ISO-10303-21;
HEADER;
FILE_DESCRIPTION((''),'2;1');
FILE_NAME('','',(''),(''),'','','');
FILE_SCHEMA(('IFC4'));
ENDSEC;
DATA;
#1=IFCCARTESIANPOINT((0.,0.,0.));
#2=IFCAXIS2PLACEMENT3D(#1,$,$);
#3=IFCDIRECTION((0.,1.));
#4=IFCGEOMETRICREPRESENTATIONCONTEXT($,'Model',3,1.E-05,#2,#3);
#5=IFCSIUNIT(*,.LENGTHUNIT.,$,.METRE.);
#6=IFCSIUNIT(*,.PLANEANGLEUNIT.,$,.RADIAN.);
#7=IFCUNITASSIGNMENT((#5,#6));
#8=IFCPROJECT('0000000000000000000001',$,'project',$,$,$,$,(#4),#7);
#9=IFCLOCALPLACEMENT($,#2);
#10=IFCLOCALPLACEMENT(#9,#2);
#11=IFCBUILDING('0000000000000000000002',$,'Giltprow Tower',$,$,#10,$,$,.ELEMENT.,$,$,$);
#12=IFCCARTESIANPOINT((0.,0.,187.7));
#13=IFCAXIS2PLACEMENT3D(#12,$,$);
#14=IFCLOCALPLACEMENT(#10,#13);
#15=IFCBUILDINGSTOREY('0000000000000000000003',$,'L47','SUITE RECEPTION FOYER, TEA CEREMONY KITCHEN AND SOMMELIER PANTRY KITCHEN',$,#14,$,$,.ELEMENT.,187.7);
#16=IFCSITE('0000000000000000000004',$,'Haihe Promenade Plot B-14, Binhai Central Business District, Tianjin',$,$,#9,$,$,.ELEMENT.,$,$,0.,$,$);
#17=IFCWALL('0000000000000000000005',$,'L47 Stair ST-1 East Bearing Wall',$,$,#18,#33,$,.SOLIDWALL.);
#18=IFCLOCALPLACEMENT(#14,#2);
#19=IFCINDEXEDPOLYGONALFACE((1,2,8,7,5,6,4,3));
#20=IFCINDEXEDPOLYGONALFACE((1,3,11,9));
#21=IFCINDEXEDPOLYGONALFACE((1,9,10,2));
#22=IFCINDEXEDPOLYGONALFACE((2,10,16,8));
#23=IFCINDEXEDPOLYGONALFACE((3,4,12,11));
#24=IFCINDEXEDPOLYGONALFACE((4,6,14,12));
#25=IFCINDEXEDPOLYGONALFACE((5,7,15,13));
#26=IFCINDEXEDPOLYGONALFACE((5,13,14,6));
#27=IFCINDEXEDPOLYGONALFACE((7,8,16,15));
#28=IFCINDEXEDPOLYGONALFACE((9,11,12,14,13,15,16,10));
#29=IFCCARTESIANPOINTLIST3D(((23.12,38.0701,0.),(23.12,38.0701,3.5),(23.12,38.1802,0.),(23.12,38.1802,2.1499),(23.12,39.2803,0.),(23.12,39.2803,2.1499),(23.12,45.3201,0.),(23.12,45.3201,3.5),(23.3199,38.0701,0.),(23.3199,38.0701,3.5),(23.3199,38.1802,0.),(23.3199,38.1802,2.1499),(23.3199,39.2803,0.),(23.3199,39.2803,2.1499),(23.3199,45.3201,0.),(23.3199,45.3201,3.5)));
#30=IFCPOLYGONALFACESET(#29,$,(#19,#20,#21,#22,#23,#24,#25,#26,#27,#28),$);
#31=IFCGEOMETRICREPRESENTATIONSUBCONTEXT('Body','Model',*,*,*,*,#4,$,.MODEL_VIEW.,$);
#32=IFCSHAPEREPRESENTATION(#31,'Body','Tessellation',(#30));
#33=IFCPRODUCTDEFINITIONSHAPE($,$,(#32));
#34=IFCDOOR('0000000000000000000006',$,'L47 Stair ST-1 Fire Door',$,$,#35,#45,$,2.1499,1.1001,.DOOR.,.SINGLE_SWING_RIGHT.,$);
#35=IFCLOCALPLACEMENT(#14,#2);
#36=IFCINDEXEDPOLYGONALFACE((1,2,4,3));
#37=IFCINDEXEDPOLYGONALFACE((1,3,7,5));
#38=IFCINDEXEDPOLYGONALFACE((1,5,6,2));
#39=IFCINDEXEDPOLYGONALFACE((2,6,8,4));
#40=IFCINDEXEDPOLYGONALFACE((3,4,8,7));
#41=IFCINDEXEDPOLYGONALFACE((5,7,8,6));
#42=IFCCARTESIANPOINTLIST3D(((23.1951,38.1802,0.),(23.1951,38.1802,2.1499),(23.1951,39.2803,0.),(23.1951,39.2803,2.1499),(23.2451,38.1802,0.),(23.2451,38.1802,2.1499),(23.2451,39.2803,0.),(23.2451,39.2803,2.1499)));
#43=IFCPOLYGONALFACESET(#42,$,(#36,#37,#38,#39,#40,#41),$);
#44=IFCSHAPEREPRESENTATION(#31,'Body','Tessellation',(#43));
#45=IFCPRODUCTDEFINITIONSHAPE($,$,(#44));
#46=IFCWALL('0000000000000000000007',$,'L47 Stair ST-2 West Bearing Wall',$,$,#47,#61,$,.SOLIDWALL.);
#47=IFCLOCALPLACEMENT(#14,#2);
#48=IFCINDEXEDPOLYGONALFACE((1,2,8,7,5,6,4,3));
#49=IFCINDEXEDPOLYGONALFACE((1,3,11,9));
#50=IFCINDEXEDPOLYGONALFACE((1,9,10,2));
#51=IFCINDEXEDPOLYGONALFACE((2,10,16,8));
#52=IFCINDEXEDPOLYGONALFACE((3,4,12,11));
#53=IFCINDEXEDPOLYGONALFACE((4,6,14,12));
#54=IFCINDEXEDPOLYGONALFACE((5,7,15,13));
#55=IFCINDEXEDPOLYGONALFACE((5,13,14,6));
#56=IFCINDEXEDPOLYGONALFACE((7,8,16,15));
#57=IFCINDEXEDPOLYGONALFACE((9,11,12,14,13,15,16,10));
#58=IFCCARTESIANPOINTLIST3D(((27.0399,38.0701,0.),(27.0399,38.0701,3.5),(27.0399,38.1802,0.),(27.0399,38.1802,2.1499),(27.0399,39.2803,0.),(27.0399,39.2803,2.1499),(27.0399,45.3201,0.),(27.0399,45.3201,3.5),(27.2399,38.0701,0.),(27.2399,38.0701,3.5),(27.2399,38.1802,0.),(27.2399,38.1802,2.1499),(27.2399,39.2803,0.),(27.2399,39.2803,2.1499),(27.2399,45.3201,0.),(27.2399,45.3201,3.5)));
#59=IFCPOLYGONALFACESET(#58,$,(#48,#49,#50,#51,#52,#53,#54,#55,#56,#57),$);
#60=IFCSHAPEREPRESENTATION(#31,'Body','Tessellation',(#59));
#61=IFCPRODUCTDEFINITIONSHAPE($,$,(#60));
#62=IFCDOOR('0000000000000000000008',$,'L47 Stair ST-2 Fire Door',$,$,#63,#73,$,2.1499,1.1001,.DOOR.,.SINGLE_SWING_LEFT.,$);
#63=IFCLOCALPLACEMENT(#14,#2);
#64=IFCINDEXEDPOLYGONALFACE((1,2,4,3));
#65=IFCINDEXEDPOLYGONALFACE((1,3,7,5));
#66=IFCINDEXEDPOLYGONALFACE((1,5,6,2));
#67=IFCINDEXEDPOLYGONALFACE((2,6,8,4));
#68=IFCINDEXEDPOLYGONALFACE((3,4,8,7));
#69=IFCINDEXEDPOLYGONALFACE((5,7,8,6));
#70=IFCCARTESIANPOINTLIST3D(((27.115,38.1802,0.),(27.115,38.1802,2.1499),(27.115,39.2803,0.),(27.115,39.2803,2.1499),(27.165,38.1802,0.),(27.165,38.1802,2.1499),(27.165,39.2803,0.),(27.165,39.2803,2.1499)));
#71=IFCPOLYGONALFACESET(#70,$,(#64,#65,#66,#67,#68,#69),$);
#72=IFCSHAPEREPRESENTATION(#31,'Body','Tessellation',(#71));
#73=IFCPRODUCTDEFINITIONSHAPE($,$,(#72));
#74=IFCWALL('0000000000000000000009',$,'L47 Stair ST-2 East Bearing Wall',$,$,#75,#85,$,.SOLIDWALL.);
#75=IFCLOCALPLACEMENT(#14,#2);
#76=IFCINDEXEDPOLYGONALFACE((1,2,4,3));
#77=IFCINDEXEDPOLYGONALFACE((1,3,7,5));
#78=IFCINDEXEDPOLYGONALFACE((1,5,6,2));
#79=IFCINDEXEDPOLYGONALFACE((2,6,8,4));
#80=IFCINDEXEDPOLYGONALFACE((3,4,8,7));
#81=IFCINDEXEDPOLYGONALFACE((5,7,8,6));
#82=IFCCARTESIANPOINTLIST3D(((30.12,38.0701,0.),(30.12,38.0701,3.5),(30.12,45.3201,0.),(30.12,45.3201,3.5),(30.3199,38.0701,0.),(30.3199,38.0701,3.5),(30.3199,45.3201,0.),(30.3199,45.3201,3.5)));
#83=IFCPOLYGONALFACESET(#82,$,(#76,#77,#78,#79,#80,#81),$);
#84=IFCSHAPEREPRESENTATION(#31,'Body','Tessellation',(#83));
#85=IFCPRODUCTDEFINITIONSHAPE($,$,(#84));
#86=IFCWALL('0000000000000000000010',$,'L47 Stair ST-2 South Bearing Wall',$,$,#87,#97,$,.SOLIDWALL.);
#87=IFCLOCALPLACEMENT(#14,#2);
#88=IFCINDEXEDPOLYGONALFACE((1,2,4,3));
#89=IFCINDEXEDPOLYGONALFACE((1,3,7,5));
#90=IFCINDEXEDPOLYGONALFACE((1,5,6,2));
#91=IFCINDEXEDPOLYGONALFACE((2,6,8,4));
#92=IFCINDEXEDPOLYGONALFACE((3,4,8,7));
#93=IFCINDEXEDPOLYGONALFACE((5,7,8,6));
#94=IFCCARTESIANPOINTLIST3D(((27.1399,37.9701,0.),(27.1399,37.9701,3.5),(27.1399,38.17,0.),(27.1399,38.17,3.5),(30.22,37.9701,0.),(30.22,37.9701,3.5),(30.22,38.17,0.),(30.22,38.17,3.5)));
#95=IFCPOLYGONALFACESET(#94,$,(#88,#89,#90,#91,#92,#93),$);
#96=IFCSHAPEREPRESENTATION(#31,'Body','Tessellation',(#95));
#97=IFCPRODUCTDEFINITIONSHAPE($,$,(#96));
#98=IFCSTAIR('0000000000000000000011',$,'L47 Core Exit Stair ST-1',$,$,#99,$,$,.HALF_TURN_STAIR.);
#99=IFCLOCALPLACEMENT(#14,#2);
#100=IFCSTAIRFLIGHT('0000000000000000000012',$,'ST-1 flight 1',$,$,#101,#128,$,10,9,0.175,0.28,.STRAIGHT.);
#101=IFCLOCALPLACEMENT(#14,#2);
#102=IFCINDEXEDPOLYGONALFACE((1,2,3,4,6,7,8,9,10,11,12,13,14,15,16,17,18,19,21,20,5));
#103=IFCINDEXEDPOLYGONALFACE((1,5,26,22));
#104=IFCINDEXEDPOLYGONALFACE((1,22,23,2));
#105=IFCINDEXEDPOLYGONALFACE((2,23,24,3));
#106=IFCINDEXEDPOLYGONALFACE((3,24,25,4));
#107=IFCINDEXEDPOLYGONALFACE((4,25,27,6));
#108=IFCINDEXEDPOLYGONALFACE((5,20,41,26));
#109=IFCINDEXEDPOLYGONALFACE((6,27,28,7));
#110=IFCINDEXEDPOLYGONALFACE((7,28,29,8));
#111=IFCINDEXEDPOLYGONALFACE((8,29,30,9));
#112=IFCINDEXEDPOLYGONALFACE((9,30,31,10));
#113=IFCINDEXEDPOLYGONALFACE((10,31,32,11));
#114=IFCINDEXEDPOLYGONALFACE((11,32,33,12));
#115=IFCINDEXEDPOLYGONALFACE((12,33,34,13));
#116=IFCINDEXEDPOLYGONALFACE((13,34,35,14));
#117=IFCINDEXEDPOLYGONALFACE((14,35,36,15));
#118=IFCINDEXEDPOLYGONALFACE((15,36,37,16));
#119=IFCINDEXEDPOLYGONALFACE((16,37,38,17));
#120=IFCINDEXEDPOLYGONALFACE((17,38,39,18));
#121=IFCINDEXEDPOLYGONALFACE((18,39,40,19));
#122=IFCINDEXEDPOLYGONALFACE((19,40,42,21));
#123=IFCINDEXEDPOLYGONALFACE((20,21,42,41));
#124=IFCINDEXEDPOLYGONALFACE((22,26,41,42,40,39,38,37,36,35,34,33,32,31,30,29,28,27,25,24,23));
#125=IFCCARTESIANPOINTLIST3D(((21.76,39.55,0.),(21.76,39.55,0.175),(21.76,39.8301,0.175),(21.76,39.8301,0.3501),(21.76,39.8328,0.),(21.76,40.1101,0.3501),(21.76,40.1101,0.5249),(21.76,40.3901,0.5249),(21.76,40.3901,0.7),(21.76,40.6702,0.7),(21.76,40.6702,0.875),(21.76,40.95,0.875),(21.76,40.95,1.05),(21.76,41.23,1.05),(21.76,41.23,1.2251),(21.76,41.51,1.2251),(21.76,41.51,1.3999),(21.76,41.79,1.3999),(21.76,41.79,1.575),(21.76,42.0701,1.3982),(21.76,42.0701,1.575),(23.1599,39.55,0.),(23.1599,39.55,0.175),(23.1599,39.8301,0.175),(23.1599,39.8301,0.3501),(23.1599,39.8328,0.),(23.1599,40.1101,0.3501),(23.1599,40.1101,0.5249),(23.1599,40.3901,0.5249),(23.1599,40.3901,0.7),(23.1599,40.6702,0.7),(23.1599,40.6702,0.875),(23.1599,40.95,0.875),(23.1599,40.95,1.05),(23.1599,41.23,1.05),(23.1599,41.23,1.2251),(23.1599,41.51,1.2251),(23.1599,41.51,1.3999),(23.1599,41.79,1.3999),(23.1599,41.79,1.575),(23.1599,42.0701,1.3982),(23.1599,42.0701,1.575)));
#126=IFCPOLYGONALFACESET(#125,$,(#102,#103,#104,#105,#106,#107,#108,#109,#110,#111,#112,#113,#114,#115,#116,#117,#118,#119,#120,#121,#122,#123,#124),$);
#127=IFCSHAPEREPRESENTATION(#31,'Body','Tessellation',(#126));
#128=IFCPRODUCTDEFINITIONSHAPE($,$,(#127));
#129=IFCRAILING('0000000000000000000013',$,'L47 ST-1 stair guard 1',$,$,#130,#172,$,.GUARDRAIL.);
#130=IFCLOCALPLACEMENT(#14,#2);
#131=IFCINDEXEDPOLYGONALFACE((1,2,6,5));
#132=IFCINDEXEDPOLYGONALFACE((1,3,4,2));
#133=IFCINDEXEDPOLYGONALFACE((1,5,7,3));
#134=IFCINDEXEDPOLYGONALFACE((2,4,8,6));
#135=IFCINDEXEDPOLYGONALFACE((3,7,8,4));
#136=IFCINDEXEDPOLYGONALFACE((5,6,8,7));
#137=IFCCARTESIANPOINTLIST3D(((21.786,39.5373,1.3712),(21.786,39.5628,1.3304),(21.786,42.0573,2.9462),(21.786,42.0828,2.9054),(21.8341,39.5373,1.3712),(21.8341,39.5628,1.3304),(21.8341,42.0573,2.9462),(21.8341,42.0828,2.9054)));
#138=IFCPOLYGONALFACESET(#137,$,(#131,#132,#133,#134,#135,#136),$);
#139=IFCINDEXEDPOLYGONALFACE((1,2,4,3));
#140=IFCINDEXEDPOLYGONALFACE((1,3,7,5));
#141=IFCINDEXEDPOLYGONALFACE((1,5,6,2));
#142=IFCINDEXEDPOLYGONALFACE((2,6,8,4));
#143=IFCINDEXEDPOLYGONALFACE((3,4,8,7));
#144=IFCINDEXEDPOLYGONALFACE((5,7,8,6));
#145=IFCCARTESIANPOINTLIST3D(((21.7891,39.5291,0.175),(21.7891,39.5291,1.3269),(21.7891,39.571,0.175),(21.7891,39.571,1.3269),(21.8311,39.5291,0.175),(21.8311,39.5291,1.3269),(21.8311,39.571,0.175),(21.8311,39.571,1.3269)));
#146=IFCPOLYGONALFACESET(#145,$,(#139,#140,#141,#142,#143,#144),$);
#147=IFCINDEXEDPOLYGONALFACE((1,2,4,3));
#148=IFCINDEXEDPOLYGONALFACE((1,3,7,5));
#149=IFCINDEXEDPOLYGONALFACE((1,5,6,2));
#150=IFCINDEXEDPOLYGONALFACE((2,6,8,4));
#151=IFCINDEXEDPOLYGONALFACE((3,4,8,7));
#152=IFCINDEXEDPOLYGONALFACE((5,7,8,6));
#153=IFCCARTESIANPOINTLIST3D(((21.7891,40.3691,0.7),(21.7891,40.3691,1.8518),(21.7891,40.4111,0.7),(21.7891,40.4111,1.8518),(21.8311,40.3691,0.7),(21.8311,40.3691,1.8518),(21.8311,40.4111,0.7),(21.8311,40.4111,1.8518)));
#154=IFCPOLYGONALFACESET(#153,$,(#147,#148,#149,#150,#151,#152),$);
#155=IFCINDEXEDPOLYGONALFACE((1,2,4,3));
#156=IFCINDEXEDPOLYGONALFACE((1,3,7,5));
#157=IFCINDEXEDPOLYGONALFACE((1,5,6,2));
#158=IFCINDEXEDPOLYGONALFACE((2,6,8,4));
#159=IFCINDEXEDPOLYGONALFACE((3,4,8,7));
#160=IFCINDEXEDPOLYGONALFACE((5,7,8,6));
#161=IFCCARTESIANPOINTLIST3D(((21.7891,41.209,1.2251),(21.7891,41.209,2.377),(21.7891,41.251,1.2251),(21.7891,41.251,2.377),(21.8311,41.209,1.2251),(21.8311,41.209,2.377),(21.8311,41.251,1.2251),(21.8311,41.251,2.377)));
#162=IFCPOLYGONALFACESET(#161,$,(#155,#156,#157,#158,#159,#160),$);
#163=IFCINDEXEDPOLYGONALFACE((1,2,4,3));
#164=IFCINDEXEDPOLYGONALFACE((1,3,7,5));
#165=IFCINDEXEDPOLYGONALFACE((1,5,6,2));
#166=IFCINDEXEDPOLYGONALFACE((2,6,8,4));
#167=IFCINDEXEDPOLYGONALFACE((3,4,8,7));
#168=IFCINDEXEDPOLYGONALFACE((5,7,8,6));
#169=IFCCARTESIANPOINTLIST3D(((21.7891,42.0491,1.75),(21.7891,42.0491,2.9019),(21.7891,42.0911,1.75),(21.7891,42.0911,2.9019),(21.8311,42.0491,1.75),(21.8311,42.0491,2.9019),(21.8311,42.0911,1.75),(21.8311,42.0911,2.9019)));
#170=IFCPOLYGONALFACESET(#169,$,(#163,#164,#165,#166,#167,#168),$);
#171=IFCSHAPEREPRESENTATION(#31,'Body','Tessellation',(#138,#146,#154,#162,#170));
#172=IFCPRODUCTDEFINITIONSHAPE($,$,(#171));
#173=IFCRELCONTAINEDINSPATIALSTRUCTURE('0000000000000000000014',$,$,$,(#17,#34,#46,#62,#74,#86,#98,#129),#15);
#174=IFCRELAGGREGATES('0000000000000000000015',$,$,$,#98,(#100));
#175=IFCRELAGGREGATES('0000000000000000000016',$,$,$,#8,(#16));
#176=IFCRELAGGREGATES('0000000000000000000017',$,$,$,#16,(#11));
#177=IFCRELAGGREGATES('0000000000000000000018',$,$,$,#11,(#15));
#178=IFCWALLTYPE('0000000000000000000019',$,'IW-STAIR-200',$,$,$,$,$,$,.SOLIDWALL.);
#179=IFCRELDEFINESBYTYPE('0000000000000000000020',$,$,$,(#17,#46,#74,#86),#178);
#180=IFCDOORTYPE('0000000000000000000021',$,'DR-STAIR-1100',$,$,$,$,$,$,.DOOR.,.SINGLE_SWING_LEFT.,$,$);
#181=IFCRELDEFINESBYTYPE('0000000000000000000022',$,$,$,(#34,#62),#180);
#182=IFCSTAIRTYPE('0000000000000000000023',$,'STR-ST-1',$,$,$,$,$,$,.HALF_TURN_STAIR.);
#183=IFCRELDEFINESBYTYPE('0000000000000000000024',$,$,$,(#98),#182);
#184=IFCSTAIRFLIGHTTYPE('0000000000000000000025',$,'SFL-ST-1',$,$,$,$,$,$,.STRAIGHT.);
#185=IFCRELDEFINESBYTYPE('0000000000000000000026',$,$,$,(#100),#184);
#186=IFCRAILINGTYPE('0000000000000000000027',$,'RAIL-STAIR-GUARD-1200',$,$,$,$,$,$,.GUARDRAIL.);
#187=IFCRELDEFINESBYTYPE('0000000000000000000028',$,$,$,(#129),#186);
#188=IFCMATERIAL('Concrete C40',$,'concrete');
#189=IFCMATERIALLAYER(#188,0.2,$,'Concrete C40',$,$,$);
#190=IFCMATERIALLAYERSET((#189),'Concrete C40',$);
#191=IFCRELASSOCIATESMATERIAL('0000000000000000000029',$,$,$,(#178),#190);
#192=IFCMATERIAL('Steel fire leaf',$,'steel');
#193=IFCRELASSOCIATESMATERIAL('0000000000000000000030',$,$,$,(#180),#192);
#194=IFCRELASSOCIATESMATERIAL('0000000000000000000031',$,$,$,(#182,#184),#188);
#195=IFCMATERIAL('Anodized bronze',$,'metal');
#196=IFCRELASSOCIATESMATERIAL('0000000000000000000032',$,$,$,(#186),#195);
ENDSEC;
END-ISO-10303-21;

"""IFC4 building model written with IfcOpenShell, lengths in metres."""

from ifc_helpers import new_model, si_unit, direction, frame, frame_2d, origin, origin_2d, place, context, subcontext, project, spatial, polyline, rectangle, outline, extrude, source, transform, mapped, material, layer, layer_set, type_object, element, fill, aggregate, save


model = new_model("IFC4")

# Units and contexts
model_context = context("Model", 3, precision=1e-05, world=origin(), true_north=direction((0.0, 1.0)))
body_context = subcontext(model_context, "Body", "Model", "MODEL_VIEW")
ifc_project = project(units=[si_unit("LENGTHUNIT", "METRE"), si_unit("PLANEANGLEUNIT", "RADIAN")], contexts=[model_context])

# Site, building, storey
site_placement = place(None, origin())
site = spatial("IfcSite", under=ifc_project, at=site_placement, Name="Haihe Promenade Plot B-14, Binhai Central Business District, Tianjin", CompositionType="ELEMENT", RefElevation=0.0)
building_placement = place(site_placement, origin())
building = spatial("IfcBuilding", under=site, at=building_placement, Name="Giltprow Tower", CompositionType="ELEMENT")
storey_placement = place(building_placement, frame((0.0, 0.0, 187.7)))
storey = spatial("IfcBuildingStorey", under=building, at=storey_placement, Name="L47", Description="SUITE RECEPTION FOYER, TEA CEREMONY KITCHEN AND SOMMELIER PANTRY KITCHEN", CompositionType="ELEMENT", Elevation=187.7)

# Walls, openings, doors
ifc_material_1 = material(Name="Concrete C40", Category="concrete")
ifc_layer_1 = layer(ifc_material_1, 0.2, Name="Concrete C40")
ifc_layer_set_1 = layer_set([ifc_layer_1], Name="Concrete C40")
wall_type_1 = type_object("IfcWallType", Name="IW-STAIR-200", PredefinedType="SOLIDWALL", material=ifc_layer_set_1)
wall_1_placement = place(storey_placement, frame((23.22, 38.0701, 0.0), z_axis=(0.0, 0.0, 1.0), x_axis=(0.0, 1.0, 0.0)))
wall_1 = element("IfcWall", 1, at=wall_1_placement, inside=storey, type_object=wall_type_1, Name="L47 Stair ST-1 East Bearing Wall", PredefinedType="SOLIDWALL", context=body_context, shape_type="SweptSolid", body=[
    extrude(rectangle(XDim=7.25, YDim=0.2, at=frame_2d((3.625, 0.0))), origin(), (0.0, 0.0, 1.0), 3.5),
])
opening_1_placement = place(wall_1_placement, frame((0.1101, 0.0, 0.0)))
opening_1 = element("IfcOpeningElement", 2, at=opening_1_placement, cuts=wall_1, PredefinedType="OPENING", context=body_context, shape_type="SweptSolid", body=[
    extrude(rectangle(XDim=1.1001, YDim=2.1499, at=frame_2d((0.55, 1.075))), frame((0.0, 0.1099, 0.0), z_axis=(0.0, -1.0, 0.0), x_axis=(1.0, 0.0, 0.0)), (0.0, 0.0, 1.0), 0.22),
])
ifc_material_2 = material(Name="Steel fire leaf", Category="steel")
door_type_1 = type_object("IfcDoorType", Name="DR-STAIR-1100", OperationType="SINGLE_SWING_LEFT", PredefinedType="DOOR", material=ifc_material_2)
shared_shape_1 = source(origin(), body_context, "Body", "SweptSolid", [
    extrude(rectangle(XDim=1.1001, YDim=2.1499, at=frame_2d((0.55, 1.075))), frame((0.0, 0.0249, 0.0), z_axis=(0.0, -1.0, 0.0), x_axis=(1.0, 0.0, 0.0)), (0.0, 0.0, 1.0), 0.05),
])
door_1_placement = place(opening_1_placement, origin())
door_1 = element("IfcDoor", 3, at=door_1_placement, inside=storey, type_object=door_type_1, Name="L47 Stair ST-1 Fire Door", OperationType="SINGLE_SWING_RIGHT", OverallHeight=2.1499, OverallWidth=1.1001, PredefinedType="DOOR", context=body_context, shape_type="MappedRepresentation", body=[
    mapped(shared_shape_1, transform((0.0, 0.0, 0.0), x_axis=(1.0, 0.0, 0.0), y_axis=(0.0, 1.0, 0.0), z_axis=(0.0, 0.0, 1.0), scale=1.0)),
])
fill(opening_1, door_1)
wall_2_placement = place(storey_placement, frame((27.1399, 38.0701, 0.0), z_axis=(0.0, 0.0, 1.0), x_axis=(0.0, 1.0, 0.0)))
wall_2 = element("IfcWall", 4, at=wall_2_placement, inside=storey, type_object=wall_type_1, Name="L47 Stair ST-2 West Bearing Wall", PredefinedType="SOLIDWALL", context=body_context, shape_type="SweptSolid", body=[
    extrude(rectangle(XDim=7.25, YDim=0.2, at=frame_2d((3.625, 0.0))), origin(), (0.0, 0.0, 1.0), 3.5),
])
opening_2_placement = place(wall_2_placement, frame((0.1101, 0.0, 0.0)))
opening_2 = element("IfcOpeningElement", 5, at=opening_2_placement, cuts=wall_2, PredefinedType="OPENING", context=body_context, shape_type="SweptSolid", body=[
    extrude(rectangle(XDim=1.1001, YDim=2.1499, at=frame_2d((0.55, 1.075))), frame((0.0, 0.1099, 0.0), z_axis=(0.0, -1.0, 0.0), x_axis=(1.0, 0.0, 0.0)), (0.0, 0.0, 1.0), 0.22),
])
door_2_placement = place(opening_2_placement, origin())
door_2 = element("IfcDoor", 6, at=door_2_placement, inside=storey, type_object=door_type_1, Name="L47 Stair ST-2 Fire Door", OperationType="SINGLE_SWING_LEFT", OverallHeight=2.1499, OverallWidth=1.1001, PredefinedType="DOOR", context=body_context, shape_type="MappedRepresentation", body=[
    mapped(shared_shape_1, transform((0.0, 0.0, 0.0), x_axis=(1.0, 0.0, 0.0), y_axis=(0.0, 1.0, 0.0), z_axis=(0.0, 0.0, 1.0), scale=1.0)),
])
fill(opening_2, door_2)

# Walls
wall_3_placement = place(storey_placement, frame((30.22, 38.0701, 0.0), z_axis=(0.0, 0.0, 1.0), x_axis=(0.0, 1.0, 0.0)))
element("IfcWall", 7, at=wall_3_placement, inside=storey, type_object=wall_type_1, Name="L47 Stair ST-2 East Bearing Wall", PredefinedType="SOLIDWALL", context=body_context, shape_type="SweptSolid", body=[
    extrude(rectangle(XDim=7.25, YDim=0.2, at=frame_2d((3.625, 0.0))), origin(), (0.0, 0.0, 1.0), 3.5),
])
wall_4_placement = place(storey_placement, frame((27.1399, 38.0701, 0.0), z_axis=(0.0, 0.0, 1.0), x_axis=(1.0, 0.0, 0.0)))
element("IfcWall", 8, at=wall_4_placement, inside=storey, type_object=wall_type_1, Name="L47 Stair ST-2 South Bearing Wall", PredefinedType="SOLIDWALL", context=body_context, shape_type="SweptSolid", body=[
    extrude(rectangle(XDim=3.0801, YDim=0.2, at=frame_2d((1.54, 0.0))), origin(), (0.0, 0.0, 1.0), 3.5),
])

# Stair, stair flight
stair_type = type_object("IfcStairType", Name="STR-ST-1", PredefinedType="HALF_TURN_STAIR", material=ifc_material_1)
stair_placement = place(storey_placement, origin())
stair = element("IfcStair", 9, at=stair_placement, inside=storey, type_object=stair_type, Name="L47 Core Exit Stair ST-1", PredefinedType="HALF_TURN_STAIR")
stair_flight_type = type_object("IfcStairFlightType", Name="SFL-ST-1", PredefinedType="STRAIGHT", material=ifc_material_1)
stair_flight_placement = place(storey_placement, frame((22.46, 39.55, 0.0), z_axis=(0.0, 0.0, 1.0), x_axis=(0.0, 1.0, 0.0)))
stair_flight = element("IfcStairFlight", 10, at=stair_flight_placement, type_object=stair_flight_type, Name="ST-1 flight 1", NumberOfRisers=10, NumberOfTreads=9, PredefinedType="STRAIGHT", RiserHeight=0.175, TreadLength=0.28, context=body_context, shape_type="SweptSolid", body=[
    extrude(outline(polyline([(0.0, 0.0), (0.0, 0.175), (0.28, 0.175), (0.28, 0.3501), (0.5601, 0.3501), (0.5601, 0.5249), (0.8401, 0.5249), (0.8401, 0.7), (1.1201, 0.7), (1.1201, 0.875), (1.3999, 0.875), (1.3999, 1.05), (1.6799, 1.05), (1.6799, 1.2251), (1.96, 1.2251), (1.96, 1.3999), (2.24, 1.3999), (2.24, 1.575), (2.52, 1.575), (2.52, 1.75), (2.52, 1.3982), (0.2827, 0.0), (0.0, 0.0)])), frame((0.0, 0.7, 0.0), z_axis=(0.0, -1.0, 0.0), x_axis=(1.0, 0.0, 0.0)), (0.0, 0.0, 1.0), 1.3999),
])
aggregate(stair, [stair_flight])

# Railing
ifc_material_3 = material(Name="Anodized bronze", Category="metal")
railing_type_1 = type_object("IfcRailingType", Name="RAIL-STAIR-GUARD-1200", PredefinedType="GUARDRAIL", material=ifc_material_3)
railing_1_placement = place(storey_placement, frame((21.8101, 39.55, 0.175)))
element("IfcRailing", 11, at=railing_1_placement, inside=storey, type_object=railing_type_1, Name="L47 ST-1 stair guard 1", PredefinedType="GUARDRAIL", context=body_context, shape_type="SweptSolid", body=[
    extrude(rectangle(XDim=0.0481, YDim=0.0481, at=origin_2d()), frame((0.0, 0.0, 1.1758), z_axis=(0.0, 0.848008, 0.529984), x_axis=(-1.0, 0.0, 0.0)), (0.0, 0.0, 1.0), 2.9717),
    extrude(rectangle(XDim=0.042, YDim=0.042, at=origin_2d()), origin(), (0.0, 0.0, 1.0), 1.1519),
    extrude(rectangle(XDim=0.042, YDim=0.042, at=origin_2d()), frame((0.0, 0.8401, 0.5249)), (0.0, 0.0, 1.0), 1.1519),
    extrude(rectangle(XDim=0.042, YDim=0.042, at=origin_2d()), frame((0.0, 1.6799, 1.05)), (0.0, 0.0, 1.0), 1.1519),
    extrude(rectangle(XDim=0.042, YDim=0.042, at=origin_2d()), frame((0.0, 2.52, 1.575)), (0.0, 0.0, 1.0), 1.1519),
])

save(model, "model.ifc")
